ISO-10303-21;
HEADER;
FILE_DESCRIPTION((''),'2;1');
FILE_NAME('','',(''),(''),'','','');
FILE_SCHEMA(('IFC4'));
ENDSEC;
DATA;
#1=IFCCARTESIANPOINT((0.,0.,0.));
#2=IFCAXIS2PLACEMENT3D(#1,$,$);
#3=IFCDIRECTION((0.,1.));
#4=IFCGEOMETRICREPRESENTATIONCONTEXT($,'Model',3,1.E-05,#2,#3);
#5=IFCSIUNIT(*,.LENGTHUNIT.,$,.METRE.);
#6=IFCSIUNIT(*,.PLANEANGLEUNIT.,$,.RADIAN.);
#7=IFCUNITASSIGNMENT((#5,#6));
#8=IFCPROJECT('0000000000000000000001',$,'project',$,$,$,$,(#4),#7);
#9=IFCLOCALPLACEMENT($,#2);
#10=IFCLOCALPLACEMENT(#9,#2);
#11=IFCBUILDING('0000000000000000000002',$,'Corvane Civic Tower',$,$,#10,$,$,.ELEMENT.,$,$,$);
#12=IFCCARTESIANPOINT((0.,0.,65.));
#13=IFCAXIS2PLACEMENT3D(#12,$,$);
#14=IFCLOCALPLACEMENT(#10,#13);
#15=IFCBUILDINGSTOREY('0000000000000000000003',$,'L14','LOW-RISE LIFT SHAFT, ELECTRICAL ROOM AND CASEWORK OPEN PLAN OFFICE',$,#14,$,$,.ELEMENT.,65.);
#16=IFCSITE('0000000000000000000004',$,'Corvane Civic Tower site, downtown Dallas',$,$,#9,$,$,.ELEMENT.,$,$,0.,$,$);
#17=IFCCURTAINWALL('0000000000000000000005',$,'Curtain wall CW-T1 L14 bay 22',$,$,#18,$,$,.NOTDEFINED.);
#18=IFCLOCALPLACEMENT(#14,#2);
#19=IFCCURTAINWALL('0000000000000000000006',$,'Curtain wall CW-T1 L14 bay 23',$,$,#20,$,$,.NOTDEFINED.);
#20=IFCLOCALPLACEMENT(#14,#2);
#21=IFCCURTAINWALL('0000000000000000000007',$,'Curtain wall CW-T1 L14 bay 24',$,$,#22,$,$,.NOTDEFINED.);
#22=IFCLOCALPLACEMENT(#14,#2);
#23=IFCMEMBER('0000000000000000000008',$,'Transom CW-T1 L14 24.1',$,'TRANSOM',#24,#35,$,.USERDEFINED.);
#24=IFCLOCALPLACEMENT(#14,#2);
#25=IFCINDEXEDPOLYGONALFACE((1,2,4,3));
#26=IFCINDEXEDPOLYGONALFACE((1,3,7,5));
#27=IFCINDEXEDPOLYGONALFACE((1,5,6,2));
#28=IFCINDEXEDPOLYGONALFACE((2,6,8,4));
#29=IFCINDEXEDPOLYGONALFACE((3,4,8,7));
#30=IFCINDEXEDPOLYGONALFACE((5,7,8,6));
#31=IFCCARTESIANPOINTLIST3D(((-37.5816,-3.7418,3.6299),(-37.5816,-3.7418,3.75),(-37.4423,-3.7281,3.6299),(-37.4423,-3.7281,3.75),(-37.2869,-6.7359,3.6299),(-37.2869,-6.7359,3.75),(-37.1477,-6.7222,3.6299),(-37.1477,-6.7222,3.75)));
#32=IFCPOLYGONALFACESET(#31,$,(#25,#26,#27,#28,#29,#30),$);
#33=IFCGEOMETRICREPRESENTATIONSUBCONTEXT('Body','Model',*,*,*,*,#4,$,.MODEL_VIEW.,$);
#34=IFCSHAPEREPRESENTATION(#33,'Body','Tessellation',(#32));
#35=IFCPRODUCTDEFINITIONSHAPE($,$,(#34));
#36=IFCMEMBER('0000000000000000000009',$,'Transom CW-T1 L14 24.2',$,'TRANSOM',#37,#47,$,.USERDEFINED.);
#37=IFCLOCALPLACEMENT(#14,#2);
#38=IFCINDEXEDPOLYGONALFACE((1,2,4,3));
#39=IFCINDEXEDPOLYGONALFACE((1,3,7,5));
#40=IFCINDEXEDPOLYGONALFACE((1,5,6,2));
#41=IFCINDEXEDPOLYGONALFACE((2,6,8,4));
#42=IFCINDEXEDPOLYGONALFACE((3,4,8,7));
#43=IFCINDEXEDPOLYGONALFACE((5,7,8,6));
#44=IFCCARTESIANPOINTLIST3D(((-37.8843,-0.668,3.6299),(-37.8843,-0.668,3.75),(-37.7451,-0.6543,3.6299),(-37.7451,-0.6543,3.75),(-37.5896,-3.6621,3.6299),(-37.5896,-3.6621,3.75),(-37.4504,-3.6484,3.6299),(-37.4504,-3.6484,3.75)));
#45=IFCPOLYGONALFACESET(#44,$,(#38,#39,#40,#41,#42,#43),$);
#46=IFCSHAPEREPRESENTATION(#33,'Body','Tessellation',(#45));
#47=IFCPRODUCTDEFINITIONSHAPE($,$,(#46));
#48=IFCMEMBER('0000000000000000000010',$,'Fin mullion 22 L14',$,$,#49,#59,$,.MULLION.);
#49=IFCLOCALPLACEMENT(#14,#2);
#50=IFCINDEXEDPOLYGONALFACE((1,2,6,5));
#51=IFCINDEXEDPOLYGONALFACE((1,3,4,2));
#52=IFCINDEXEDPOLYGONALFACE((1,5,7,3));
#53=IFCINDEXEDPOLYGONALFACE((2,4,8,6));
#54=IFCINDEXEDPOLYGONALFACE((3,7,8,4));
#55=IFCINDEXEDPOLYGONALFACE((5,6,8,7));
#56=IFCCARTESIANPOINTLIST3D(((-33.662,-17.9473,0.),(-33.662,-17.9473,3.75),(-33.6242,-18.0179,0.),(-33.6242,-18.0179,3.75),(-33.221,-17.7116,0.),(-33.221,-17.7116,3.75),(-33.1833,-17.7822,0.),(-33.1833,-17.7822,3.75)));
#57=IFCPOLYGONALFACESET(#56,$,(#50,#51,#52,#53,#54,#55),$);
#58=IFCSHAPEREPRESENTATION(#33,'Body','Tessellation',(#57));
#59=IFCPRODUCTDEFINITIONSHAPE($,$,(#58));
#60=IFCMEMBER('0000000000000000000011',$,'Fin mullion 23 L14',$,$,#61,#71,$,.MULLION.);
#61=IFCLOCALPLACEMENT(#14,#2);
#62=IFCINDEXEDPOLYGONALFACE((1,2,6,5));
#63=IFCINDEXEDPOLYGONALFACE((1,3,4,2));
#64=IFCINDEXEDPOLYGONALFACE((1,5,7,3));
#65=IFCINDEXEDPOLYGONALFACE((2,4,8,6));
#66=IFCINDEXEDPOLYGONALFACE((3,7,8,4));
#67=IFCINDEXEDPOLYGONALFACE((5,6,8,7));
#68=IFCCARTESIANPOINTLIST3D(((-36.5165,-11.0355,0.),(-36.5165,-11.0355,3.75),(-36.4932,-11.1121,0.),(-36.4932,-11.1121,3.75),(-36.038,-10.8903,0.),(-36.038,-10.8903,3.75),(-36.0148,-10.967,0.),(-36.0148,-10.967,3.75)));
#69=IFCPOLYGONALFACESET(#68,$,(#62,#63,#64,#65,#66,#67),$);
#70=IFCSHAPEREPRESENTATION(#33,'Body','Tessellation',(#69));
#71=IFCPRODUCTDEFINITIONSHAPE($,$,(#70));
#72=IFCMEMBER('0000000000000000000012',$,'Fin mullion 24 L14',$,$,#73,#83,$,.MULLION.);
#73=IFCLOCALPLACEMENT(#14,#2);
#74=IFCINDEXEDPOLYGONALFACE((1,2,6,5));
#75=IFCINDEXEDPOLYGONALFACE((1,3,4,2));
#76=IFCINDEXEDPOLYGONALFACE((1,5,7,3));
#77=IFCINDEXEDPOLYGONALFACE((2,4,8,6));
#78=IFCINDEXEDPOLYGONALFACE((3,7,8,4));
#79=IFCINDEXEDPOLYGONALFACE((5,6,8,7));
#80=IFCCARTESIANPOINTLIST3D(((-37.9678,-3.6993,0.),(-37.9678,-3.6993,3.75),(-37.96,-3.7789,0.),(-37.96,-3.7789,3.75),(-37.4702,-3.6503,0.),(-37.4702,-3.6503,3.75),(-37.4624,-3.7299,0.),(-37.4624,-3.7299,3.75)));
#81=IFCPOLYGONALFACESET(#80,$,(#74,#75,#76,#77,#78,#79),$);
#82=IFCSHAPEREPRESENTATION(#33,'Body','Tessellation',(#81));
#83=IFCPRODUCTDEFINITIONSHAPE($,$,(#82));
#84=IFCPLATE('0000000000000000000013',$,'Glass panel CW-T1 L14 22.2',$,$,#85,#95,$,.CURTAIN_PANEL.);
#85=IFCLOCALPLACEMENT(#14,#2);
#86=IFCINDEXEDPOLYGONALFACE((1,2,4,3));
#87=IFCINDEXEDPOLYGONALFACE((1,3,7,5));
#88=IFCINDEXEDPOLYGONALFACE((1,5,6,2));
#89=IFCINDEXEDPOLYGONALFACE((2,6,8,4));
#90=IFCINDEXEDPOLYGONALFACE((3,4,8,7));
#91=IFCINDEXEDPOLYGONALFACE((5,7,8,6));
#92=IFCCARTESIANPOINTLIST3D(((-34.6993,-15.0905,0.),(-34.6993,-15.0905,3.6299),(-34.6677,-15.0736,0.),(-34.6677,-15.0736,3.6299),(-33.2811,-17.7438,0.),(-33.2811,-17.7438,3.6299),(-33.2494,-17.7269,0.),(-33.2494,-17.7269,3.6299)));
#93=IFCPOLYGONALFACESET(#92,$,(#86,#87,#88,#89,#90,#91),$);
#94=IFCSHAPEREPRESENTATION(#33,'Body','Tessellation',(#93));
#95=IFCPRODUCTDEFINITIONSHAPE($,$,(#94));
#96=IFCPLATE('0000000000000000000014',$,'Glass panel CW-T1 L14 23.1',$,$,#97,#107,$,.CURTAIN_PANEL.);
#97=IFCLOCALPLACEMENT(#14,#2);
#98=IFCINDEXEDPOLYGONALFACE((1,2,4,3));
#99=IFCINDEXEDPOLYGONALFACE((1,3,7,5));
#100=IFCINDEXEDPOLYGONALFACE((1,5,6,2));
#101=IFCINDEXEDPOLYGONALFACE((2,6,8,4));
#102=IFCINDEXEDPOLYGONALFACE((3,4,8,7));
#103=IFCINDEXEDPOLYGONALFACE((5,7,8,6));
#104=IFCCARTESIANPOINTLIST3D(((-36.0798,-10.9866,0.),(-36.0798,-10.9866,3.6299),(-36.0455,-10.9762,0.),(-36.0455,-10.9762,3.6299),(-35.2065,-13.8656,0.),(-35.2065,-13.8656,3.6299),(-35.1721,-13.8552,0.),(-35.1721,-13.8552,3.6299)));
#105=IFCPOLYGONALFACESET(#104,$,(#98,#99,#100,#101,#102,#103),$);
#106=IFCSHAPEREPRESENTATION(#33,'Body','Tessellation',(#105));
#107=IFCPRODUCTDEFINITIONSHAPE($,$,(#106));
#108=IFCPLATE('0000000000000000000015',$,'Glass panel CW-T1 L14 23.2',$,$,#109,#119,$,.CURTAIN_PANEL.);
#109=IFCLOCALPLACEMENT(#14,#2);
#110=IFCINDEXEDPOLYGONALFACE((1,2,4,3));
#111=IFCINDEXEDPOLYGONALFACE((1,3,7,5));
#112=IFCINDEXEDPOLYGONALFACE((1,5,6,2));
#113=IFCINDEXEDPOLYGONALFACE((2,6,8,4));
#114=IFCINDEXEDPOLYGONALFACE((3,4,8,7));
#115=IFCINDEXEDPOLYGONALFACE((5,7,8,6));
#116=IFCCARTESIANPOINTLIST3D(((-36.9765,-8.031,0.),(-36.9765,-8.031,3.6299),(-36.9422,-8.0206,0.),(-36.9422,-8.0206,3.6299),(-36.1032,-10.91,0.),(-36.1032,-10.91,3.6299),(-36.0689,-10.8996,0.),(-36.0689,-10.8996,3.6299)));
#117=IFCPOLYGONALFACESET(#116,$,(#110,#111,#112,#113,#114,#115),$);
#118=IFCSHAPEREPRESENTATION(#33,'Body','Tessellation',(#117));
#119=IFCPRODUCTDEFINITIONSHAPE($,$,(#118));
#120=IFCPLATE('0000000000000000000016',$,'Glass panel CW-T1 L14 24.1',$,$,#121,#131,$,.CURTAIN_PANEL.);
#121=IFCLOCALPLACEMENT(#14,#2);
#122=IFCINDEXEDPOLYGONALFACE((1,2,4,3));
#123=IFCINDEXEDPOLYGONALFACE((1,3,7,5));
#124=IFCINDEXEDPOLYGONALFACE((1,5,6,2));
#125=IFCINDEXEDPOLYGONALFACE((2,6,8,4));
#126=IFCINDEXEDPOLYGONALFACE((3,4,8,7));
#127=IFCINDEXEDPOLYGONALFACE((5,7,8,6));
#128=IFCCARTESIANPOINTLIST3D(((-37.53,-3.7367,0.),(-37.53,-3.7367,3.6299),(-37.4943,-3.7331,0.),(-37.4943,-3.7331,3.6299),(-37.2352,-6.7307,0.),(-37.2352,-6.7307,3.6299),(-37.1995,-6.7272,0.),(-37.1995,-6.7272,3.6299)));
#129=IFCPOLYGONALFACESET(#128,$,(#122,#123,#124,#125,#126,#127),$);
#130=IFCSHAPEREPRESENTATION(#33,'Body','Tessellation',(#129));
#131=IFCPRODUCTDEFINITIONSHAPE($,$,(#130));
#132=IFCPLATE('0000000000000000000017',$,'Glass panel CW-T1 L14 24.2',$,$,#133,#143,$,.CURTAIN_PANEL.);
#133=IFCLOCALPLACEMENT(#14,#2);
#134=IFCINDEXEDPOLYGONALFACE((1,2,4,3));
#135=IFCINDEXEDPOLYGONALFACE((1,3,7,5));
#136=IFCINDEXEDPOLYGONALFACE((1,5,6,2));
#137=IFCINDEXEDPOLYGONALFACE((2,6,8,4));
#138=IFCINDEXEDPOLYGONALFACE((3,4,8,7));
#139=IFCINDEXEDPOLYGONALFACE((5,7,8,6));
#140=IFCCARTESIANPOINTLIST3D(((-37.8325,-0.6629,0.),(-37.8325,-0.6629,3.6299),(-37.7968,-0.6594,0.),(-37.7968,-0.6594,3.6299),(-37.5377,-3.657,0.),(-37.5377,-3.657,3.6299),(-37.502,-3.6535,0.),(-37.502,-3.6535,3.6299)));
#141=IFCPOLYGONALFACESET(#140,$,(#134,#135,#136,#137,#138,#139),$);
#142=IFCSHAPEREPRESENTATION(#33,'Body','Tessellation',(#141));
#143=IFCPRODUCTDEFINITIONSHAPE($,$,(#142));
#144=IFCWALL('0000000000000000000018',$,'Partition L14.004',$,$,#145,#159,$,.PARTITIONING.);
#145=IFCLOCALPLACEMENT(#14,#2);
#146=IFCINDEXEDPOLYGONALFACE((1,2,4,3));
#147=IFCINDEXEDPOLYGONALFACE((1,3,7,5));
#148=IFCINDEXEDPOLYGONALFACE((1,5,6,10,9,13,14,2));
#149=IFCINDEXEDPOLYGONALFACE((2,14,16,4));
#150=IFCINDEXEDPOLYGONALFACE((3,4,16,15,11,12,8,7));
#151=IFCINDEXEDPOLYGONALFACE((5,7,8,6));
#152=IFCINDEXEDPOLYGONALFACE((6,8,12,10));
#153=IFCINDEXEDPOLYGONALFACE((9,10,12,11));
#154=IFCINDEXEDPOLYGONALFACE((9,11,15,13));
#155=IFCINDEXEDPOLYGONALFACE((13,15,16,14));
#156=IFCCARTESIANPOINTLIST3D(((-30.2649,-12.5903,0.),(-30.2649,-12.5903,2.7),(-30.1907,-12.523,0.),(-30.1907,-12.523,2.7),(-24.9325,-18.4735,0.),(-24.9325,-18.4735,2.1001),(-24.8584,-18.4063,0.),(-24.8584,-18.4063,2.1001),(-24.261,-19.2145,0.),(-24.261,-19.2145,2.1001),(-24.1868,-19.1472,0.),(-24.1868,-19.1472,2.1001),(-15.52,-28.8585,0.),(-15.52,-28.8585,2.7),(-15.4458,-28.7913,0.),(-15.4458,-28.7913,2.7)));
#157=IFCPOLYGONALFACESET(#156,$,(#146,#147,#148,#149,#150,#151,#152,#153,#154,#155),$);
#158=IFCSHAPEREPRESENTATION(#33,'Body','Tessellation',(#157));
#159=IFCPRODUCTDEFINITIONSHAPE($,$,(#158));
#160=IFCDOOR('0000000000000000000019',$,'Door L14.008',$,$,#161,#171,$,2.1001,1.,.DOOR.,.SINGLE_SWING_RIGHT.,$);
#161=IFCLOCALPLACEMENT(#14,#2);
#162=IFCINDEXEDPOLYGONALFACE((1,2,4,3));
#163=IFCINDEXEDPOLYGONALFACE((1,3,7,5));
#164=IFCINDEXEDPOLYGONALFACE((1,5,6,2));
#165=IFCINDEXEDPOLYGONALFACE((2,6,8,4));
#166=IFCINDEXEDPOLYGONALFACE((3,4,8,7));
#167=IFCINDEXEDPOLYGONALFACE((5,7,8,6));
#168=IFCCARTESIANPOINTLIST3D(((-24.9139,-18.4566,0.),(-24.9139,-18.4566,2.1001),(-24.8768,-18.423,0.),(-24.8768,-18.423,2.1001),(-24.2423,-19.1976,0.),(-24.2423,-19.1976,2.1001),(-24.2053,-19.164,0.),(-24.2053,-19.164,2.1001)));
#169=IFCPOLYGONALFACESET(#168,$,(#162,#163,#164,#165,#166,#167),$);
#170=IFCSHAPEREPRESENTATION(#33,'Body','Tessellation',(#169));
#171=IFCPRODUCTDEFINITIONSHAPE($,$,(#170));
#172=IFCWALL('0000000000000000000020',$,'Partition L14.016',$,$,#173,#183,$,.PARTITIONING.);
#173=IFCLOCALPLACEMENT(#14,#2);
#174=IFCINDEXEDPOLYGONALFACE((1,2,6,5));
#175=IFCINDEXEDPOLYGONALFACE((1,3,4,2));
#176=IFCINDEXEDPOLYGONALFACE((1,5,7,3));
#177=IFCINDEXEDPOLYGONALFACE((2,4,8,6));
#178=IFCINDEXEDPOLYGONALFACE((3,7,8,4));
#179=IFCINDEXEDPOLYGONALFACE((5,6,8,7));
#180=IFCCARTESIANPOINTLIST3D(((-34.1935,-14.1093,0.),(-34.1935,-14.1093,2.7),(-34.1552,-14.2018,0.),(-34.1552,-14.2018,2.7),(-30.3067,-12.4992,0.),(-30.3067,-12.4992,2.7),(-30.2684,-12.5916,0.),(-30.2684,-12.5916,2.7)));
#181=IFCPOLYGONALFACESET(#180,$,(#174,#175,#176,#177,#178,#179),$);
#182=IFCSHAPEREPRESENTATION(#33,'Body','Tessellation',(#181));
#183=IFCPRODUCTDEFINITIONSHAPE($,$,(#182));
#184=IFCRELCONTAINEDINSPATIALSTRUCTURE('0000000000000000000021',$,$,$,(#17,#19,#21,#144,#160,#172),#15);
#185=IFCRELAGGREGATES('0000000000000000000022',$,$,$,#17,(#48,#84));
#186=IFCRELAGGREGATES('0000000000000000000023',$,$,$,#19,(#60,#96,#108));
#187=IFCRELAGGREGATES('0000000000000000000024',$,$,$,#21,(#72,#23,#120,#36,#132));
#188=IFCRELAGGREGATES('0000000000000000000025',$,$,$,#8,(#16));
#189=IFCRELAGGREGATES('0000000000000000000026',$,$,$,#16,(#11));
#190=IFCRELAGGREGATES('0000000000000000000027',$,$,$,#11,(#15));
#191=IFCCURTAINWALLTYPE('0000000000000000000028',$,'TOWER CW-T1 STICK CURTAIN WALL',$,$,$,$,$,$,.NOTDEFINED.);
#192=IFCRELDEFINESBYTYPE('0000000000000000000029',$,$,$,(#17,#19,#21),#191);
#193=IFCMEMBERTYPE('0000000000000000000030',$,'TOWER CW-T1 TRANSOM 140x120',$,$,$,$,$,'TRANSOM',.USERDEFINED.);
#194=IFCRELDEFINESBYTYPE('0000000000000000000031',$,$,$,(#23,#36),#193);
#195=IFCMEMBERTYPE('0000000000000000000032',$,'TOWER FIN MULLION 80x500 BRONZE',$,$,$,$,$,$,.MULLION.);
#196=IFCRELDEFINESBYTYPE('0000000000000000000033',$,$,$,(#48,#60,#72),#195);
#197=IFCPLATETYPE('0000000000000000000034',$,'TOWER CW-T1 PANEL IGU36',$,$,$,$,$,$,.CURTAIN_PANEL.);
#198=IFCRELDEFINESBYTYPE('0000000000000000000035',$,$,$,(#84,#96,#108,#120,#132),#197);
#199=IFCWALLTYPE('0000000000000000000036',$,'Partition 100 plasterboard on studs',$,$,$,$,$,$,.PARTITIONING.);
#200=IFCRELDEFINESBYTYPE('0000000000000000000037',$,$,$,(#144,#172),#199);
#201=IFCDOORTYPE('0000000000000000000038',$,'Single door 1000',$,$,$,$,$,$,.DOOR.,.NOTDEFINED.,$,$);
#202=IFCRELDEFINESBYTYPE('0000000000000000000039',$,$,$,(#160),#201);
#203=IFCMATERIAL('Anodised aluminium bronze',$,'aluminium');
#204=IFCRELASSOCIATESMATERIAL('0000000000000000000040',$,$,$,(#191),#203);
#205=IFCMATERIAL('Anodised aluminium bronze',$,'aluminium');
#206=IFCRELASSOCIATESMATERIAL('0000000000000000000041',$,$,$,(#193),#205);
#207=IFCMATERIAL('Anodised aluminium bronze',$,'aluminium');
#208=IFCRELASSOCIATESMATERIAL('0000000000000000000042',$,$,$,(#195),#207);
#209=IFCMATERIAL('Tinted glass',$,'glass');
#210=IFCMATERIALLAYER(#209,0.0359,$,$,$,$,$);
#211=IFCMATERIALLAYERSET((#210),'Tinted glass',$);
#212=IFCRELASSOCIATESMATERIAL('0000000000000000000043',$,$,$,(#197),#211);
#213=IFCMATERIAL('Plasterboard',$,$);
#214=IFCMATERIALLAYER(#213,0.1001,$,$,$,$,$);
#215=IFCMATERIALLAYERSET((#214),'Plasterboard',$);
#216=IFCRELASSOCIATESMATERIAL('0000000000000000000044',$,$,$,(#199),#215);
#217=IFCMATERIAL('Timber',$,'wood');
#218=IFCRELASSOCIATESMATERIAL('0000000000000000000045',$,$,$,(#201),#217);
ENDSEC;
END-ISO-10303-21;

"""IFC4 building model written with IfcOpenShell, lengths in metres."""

from ifc_helpers import new_model, si_unit, direction, frame, frame_2d, origin, origin_2d, place, context, subcontext, project, spatial, rectangle, extrude, material, layer, layer_set, material_profile, profile_set, type_object, element, fill, aggregate, save


model = new_model("IFC4")

# Units and contexts
model_context = context("Model", 3, precision=1e-05, world=origin(), true_north=direction((0.0, 1.0)))
body_context = subcontext(model_context, "Body", "Model", "MODEL_VIEW")
ifc_project = project(units=[si_unit("LENGTHUNIT", "METRE"), si_unit("PLANEANGLEUNIT", "RADIAN")], contexts=[model_context])

# Site, building, storey
site_placement = place(None, origin())
site = spatial("IfcSite", under=ifc_project, at=site_placement, Name="Corvane Civic Tower site, downtown Dallas", CompositionType="ELEMENT", RefElevation=0.0)
building_placement = place(site_placement, origin())
building = spatial("IfcBuilding", under=site, at=building_placement, Name="Corvane Civic Tower", CompositionType="ELEMENT")
storey_placement = place(building_placement, frame((0.0, 0.0, 65.0)))
storey = spatial("IfcBuildingStorey", under=building, at=storey_placement, Name="L14", Description="LOW-RISE LIFT SHAFT, ELECTRICAL ROOM AND CASEWORK OPEN PLAN OFFICE", CompositionType="ELEMENT", Elevation=65.0)

# Curtain wall
ifc_material_1 = material(Name="Anodised aluminium bronze", Category="aluminium")
curtain_wall_type = type_object("IfcCurtainWallType", Name="TOWER CW-T1 STICK CURTAIN WALL", PredefinedType="NOTDEFINED", material=ifc_material_1)
curtain_wall_1_placement = place(storey_placement, origin())
curtain_wall_1 = element("IfcCurtainWall", 1, at=curtain_wall_1_placement, inside=storey, type_object=curtain_wall_type, Name="Curtain wall CW-T1 L14 bay 22", PredefinedType="NOTDEFINED")
ifc_material_2 = material(Name="Anodised aluminium bronze", Category="aluminium")
ifc_material_profile_1 = material_profile(ifc_material_2, rectangle(XDim=0.1399, YDim=0.1201, at=origin_2d()), Name="TOWER CW-T1 TRANSOM 140x120")
ifc_profile_set_1 = profile_set([ifc_material_profile_1], Name="Anodised aluminium bronze")
member_type_1 = type_object("IfcMemberType", Name="TOWER CW-T1 TRANSOM 140x120", ElementType="TRANSOM", PredefinedType="USERDEFINED", material=ifc_profile_set_1)

# Curtain walls, members
curtain_wall_2_placement = place(storey_placement, origin())
curtain_wall_2 = element("IfcCurtainWall", 2, at=curtain_wall_2_placement, inside=storey, type_object=curtain_wall_type, Name="Curtain wall CW-T1 L14 bay 23", PredefinedType="NOTDEFINED")
curtain_wall_3_placement = place(storey_placement, origin())
curtain_wall_3 = element("IfcCurtainWall", 3, at=curtain_wall_3_placement, inside=storey, type_object=curtain_wall_type, Name="Curtain wall CW-T1 L14 bay 24", PredefinedType="NOTDEFINED")
member_1_placement = place(storey_placement, frame((-37.2173, -6.729, 3.6899), z_axis=(-0.097945, 0.995192, 0.0), x_axis=(-0.995192, -0.097945, 0.0)))
member_1 = element("IfcMember", 4, at=member_1_placement, type_object=member_type_1, Name="Transom CW-T1 L14 24.1", ObjectType="TRANSOM", PredefinedType="USERDEFINED", context=body_context, shape_type="SweptSolid", body=[
    extrude(rectangle(XDim=0.1399, YDim=0.1201, at=origin_2d()), origin(), (0.0, 0.0, 1.0), 3.0085),
])
member_2_placement = place(storey_placement, frame((-37.52, -3.6553, 3.6899), z_axis=(-0.097945, 0.995192, 0.0), x_axis=(-0.995192, -0.097945, 0.0)))
member_2 = element("IfcMember", 5, at=member_2_placement, type_object=member_type_1, Name="Transom CW-T1 L14 24.2", ObjectType="TRANSOM", PredefinedType="USERDEFINED", context=body_context, shape_type="SweptSolid", body=[
    extrude(rectangle(XDim=0.1399, YDim=0.1201, at=origin_2d()), origin(), (0.0, 0.0, 1.0), 3.0085),
])

# Members
ifc_material_3 = material(Name="Anodised aluminium bronze", Category="aluminium")
ifc_material_profile_2 = material_profile(ifc_material_3, rectangle(XDim=0.0801, YDim=0.5, at=origin_2d()), Name="TOWER FIN MULLION 80x500 BRONZE")
ifc_profile_set_2 = profile_set([ifc_material_profile_2], Name="Anodised aluminium bronze")
member_type_2 = type_object("IfcMemberType", Name="TOWER FIN MULLION 80x500 BRONZE", PredefinedType="MULLION", material=ifc_profile_set_2)
member_3_placement = place(storey_placement, frame((-33.4226, -17.8647, 0.0), z_axis=(0.0, 0.0, 1.0), x_axis=(-0.471404, 0.881918, 0.0)))
member_3 = element("IfcMember", 6, at=member_3_placement, type_object=member_type_2, Name="Fin mullion 22 L14", PredefinedType="MULLION", context=body_context, shape_type="SweptSolid", body=[
    extrude(rectangle(XDim=0.0801, YDim=0.5, at=origin_2d()), origin(), (0.0, 0.0, 1.0), 3.75),
])
member_4_placement = place(storey_placement, frame((-36.2656, -11.0012, 0.0), z_axis=(0.0, 0.0, 1.0), x_axis=(-0.290278, 0.956942, 0.0)))
member_4 = element("IfcMember", 7, at=member_4_placement, type_object=member_type_2, Name="Fin mullion 23 L14", PredefinedType="MULLION", context=body_context, shape_type="SweptSolid", body=[
    extrude(rectangle(XDim=0.0801, YDim=0.5, at=origin_2d()), origin(), (0.0, 0.0, 1.0), 3.75),
])
member_5_placement = place(storey_placement, frame((-37.7151, -3.7146, 0.0), z_axis=(0.0, 0.0, 1.0), x_axis=(-0.098006, 0.995186, 0.0)))
member_5 = element("IfcMember", 8, at=member_5_placement, type_object=member_type_2, Name="Fin mullion 24 L14", PredefinedType="MULLION", context=body_context, shape_type="SweptSolid", body=[
    extrude(rectangle(XDim=0.0801, YDim=0.5, at=origin_2d()), origin(), (0.0, 0.0, 1.0), 3.75),
])

# Plates
ifc_material_4 = material(Name="Tinted glass", Category="glass")
ifc_layer_1 = layer(ifc_material_4, 0.0359)
ifc_layer_set_1 = layer_set([ifc_layer_1], Name="Tinted glass")
plate_type = type_object("IfcPlateType", Name="TOWER CW-T1 PANEL IGU36", PredefinedType="CURTAIN_PANEL", material=ifc_layer_set_1)
plate_1_placement = place(storey_placement, frame((-33.9744, -16.4087, 0.0), z_axis=(0.0, 0.0, 1.0), x_axis=(-0.471404, 0.881918, 0.0)))
plate_1 = element("IfcPlate", 9, at=plate_1_placement, type_object=plate_type, Name="Glass panel CW-T1 L14 22.2", PredefinedType="CURTAIN_PANEL", context=body_context, shape_type="SweptSolid", body=[
    extrude(rectangle(XDim=3.0085, YDim=0.0359, at=origin_2d()), origin(), (0.0, 0.0, 1.0), 3.6299),
])
aggregate(curtain_wall_1, [member_3, plate_1])
plate_2_placement = place(storey_placement, frame((-35.626, -12.4209, 0.0), z_axis=(0.0, 0.0, 1.0), x_axis=(-0.290278, 0.956942, 0.0)))
plate_2 = element("IfcPlate", 10, at=plate_2_placement, type_object=plate_type, Name="Glass panel CW-T1 L14 23.1", PredefinedType="CURTAIN_PANEL", context=body_context, shape_type="SweptSolid", body=[
    extrude(rectangle(XDim=3.0085, YDim=0.0359, at=origin_2d()), origin(), (0.0, 0.0, 1.0), 3.6299),
])
plate_3_placement = place(storey_placement, frame((-36.5227, -9.4653, 0.0), z_axis=(0.0, 0.0, 1.0), x_axis=(-0.290278, 0.956942, 0.0)))
plate_3 = element("IfcPlate", 11, at=plate_3_placement, type_object=plate_type, Name="Glass panel CW-T1 L14 23.2", PredefinedType="CURTAIN_PANEL", context=body_context, shape_type="SweptSolid", body=[
    extrude(rectangle(XDim=3.0085, YDim=0.0359, at=origin_2d()), origin(), (0.0, 0.0, 1.0), 3.6299),
])
aggregate(curtain_wall_2, [member_4, plate_2, plate_3])
plate_4_placement = place(storey_placement, frame((-37.3647, -5.2319, 0.0), z_axis=(0.0, 0.0, 1.0), x_axis=(-0.098006, 0.995186, 0.0)))
plate_4 = element("IfcPlate", 12, at=plate_4_placement, type_object=plate_type, Name="Glass panel CW-T1 L14 24.1", PredefinedType="CURTAIN_PANEL", context=body_context, shape_type="SweptSolid", body=[
    extrude(rectangle(XDim=3.0085, YDim=0.0359, at=origin_2d()), origin(), (0.0, 0.0, 1.0), 3.6299),
])
plate_5_placement = place(storey_placement, frame((-37.6672, -2.1582, 0.0), z_axis=(0.0, 0.0, 1.0), x_axis=(-0.098006, 0.995186, 0.0)))
plate_5 = element("IfcPlate", 13, at=plate_5_placement, type_object=plate_type, Name="Glass panel CW-T1 L14 24.2", PredefinedType="CURTAIN_PANEL", context=body_context, shape_type="SweptSolid", body=[
    extrude(rectangle(XDim=3.0085, YDim=0.0359, at=origin_2d()), origin(), (0.0, 0.0, 1.0), 3.6299),
])
aggregate(curtain_wall_3, [member_5, member_1, plate_4, member_2, plate_5])

# Wall, opening, door
ifc_material_5 = material(Name="Plasterboard")
ifc_layer_2 = layer(ifc_material_5, 0.1001)
ifc_layer_set_2 = layer_set([ifc_layer_2], Name="Plasterboard")
wall_type_1 = type_object("IfcWallType", Name="Partition 100 plasterboard on studs", PredefinedType="PARTITIONING", material=ifc_layer_set_2)
wall_1_placement = place(storey_placement, frame((-30.2278, -12.5566, 0.0), z_axis=(0.0, 0.0, 1.0), x_axis=(0.671562, -0.740948, 0.0)))
wall_1 = element("IfcWall", 14, at=wall_1_placement, inside=storey, type_object=wall_type_1, Name="Partition L14.004", PredefinedType="PARTITIONING", context=body_context, shape_type="SweptSolid", body=[
    extrude(rectangle(XDim=21.9561, YDim=0.1001, at=frame_2d((10.978, 0.0))), origin(), (0.0, 0.0, 1.0), 2.7),
])
opening_1_placement = place(wall_1_placement, frame((7.9402, 0.0, 0.0)))
opening_1 = element("IfcOpeningElement", 15, at=opening_1_placement, cuts=wall_1, PredefinedType="OPENING", context=body_context, shape_type="SweptSolid", body=[
    extrude(rectangle(XDim=1.0, YDim=2.1001, at=frame_2d((0.5, 1.05))), frame((0.0, 0.0601, 0.0), z_axis=(0.0, -1.0, 0.0), x_axis=(1.0, 0.0, 0.0)), (0.0, 0.0, 1.0), 0.1201),
])
ifc_material_6 = material(Name="Timber", Category="wood")
door_type_1 = type_object("IfcDoorType", Name="Single door 1000", OperationType="NOTDEFINED", PredefinedType="DOOR", material=ifc_material_6)
door_1_placement = place(opening_1_placement, frame((1.0, 0.0, 0.0), z_axis=(0.0, 0.0, 1.0), x_axis=(-1.0, 0.0, 0.0)))
door_1 = element("IfcDoor", 16, at=door_1_placement, inside=storey, type_object=door_type_1, Name="Door L14.008", OperationType="SINGLE_SWING_RIGHT", OverallHeight=2.1001, OverallWidth=1.0, PredefinedType="DOOR", context=body_context, shape_type="SweptSolid", body=[
    extrude(rectangle(XDim=1.0, YDim=2.1001, at=frame_2d((0.5, 1.05))), frame((0.0, 0.0249, 0.0), z_axis=(0.0, -1.0, 0.0), x_axis=(1.0, 0.0, 0.0)), (0.0, 0.0, 1.0), 0.05),
])
fill(opening_1, door_1)

# Wall
wall_2_placement = place(storey_placement, frame((-34.1743, -14.1555, 0.0), z_axis=(0.0, 0.0, 1.0), x_axis=(0.923865, 0.382719, 0.0)))
element("IfcWall", 17, at=wall_2_placement, inside=storey, type_object=wall_type_1, Name="Partition L14.016", PredefinedType="PARTITIONING", context=body_context, shape_type="SweptSolid", body=[
    extrude(rectangle(XDim=4.207, YDim=0.1001, at=frame_2d((2.1035, 0.0))), origin(), (0.0, 0.0, 1.0), 2.7),
])

save(model, "model.ifc")
